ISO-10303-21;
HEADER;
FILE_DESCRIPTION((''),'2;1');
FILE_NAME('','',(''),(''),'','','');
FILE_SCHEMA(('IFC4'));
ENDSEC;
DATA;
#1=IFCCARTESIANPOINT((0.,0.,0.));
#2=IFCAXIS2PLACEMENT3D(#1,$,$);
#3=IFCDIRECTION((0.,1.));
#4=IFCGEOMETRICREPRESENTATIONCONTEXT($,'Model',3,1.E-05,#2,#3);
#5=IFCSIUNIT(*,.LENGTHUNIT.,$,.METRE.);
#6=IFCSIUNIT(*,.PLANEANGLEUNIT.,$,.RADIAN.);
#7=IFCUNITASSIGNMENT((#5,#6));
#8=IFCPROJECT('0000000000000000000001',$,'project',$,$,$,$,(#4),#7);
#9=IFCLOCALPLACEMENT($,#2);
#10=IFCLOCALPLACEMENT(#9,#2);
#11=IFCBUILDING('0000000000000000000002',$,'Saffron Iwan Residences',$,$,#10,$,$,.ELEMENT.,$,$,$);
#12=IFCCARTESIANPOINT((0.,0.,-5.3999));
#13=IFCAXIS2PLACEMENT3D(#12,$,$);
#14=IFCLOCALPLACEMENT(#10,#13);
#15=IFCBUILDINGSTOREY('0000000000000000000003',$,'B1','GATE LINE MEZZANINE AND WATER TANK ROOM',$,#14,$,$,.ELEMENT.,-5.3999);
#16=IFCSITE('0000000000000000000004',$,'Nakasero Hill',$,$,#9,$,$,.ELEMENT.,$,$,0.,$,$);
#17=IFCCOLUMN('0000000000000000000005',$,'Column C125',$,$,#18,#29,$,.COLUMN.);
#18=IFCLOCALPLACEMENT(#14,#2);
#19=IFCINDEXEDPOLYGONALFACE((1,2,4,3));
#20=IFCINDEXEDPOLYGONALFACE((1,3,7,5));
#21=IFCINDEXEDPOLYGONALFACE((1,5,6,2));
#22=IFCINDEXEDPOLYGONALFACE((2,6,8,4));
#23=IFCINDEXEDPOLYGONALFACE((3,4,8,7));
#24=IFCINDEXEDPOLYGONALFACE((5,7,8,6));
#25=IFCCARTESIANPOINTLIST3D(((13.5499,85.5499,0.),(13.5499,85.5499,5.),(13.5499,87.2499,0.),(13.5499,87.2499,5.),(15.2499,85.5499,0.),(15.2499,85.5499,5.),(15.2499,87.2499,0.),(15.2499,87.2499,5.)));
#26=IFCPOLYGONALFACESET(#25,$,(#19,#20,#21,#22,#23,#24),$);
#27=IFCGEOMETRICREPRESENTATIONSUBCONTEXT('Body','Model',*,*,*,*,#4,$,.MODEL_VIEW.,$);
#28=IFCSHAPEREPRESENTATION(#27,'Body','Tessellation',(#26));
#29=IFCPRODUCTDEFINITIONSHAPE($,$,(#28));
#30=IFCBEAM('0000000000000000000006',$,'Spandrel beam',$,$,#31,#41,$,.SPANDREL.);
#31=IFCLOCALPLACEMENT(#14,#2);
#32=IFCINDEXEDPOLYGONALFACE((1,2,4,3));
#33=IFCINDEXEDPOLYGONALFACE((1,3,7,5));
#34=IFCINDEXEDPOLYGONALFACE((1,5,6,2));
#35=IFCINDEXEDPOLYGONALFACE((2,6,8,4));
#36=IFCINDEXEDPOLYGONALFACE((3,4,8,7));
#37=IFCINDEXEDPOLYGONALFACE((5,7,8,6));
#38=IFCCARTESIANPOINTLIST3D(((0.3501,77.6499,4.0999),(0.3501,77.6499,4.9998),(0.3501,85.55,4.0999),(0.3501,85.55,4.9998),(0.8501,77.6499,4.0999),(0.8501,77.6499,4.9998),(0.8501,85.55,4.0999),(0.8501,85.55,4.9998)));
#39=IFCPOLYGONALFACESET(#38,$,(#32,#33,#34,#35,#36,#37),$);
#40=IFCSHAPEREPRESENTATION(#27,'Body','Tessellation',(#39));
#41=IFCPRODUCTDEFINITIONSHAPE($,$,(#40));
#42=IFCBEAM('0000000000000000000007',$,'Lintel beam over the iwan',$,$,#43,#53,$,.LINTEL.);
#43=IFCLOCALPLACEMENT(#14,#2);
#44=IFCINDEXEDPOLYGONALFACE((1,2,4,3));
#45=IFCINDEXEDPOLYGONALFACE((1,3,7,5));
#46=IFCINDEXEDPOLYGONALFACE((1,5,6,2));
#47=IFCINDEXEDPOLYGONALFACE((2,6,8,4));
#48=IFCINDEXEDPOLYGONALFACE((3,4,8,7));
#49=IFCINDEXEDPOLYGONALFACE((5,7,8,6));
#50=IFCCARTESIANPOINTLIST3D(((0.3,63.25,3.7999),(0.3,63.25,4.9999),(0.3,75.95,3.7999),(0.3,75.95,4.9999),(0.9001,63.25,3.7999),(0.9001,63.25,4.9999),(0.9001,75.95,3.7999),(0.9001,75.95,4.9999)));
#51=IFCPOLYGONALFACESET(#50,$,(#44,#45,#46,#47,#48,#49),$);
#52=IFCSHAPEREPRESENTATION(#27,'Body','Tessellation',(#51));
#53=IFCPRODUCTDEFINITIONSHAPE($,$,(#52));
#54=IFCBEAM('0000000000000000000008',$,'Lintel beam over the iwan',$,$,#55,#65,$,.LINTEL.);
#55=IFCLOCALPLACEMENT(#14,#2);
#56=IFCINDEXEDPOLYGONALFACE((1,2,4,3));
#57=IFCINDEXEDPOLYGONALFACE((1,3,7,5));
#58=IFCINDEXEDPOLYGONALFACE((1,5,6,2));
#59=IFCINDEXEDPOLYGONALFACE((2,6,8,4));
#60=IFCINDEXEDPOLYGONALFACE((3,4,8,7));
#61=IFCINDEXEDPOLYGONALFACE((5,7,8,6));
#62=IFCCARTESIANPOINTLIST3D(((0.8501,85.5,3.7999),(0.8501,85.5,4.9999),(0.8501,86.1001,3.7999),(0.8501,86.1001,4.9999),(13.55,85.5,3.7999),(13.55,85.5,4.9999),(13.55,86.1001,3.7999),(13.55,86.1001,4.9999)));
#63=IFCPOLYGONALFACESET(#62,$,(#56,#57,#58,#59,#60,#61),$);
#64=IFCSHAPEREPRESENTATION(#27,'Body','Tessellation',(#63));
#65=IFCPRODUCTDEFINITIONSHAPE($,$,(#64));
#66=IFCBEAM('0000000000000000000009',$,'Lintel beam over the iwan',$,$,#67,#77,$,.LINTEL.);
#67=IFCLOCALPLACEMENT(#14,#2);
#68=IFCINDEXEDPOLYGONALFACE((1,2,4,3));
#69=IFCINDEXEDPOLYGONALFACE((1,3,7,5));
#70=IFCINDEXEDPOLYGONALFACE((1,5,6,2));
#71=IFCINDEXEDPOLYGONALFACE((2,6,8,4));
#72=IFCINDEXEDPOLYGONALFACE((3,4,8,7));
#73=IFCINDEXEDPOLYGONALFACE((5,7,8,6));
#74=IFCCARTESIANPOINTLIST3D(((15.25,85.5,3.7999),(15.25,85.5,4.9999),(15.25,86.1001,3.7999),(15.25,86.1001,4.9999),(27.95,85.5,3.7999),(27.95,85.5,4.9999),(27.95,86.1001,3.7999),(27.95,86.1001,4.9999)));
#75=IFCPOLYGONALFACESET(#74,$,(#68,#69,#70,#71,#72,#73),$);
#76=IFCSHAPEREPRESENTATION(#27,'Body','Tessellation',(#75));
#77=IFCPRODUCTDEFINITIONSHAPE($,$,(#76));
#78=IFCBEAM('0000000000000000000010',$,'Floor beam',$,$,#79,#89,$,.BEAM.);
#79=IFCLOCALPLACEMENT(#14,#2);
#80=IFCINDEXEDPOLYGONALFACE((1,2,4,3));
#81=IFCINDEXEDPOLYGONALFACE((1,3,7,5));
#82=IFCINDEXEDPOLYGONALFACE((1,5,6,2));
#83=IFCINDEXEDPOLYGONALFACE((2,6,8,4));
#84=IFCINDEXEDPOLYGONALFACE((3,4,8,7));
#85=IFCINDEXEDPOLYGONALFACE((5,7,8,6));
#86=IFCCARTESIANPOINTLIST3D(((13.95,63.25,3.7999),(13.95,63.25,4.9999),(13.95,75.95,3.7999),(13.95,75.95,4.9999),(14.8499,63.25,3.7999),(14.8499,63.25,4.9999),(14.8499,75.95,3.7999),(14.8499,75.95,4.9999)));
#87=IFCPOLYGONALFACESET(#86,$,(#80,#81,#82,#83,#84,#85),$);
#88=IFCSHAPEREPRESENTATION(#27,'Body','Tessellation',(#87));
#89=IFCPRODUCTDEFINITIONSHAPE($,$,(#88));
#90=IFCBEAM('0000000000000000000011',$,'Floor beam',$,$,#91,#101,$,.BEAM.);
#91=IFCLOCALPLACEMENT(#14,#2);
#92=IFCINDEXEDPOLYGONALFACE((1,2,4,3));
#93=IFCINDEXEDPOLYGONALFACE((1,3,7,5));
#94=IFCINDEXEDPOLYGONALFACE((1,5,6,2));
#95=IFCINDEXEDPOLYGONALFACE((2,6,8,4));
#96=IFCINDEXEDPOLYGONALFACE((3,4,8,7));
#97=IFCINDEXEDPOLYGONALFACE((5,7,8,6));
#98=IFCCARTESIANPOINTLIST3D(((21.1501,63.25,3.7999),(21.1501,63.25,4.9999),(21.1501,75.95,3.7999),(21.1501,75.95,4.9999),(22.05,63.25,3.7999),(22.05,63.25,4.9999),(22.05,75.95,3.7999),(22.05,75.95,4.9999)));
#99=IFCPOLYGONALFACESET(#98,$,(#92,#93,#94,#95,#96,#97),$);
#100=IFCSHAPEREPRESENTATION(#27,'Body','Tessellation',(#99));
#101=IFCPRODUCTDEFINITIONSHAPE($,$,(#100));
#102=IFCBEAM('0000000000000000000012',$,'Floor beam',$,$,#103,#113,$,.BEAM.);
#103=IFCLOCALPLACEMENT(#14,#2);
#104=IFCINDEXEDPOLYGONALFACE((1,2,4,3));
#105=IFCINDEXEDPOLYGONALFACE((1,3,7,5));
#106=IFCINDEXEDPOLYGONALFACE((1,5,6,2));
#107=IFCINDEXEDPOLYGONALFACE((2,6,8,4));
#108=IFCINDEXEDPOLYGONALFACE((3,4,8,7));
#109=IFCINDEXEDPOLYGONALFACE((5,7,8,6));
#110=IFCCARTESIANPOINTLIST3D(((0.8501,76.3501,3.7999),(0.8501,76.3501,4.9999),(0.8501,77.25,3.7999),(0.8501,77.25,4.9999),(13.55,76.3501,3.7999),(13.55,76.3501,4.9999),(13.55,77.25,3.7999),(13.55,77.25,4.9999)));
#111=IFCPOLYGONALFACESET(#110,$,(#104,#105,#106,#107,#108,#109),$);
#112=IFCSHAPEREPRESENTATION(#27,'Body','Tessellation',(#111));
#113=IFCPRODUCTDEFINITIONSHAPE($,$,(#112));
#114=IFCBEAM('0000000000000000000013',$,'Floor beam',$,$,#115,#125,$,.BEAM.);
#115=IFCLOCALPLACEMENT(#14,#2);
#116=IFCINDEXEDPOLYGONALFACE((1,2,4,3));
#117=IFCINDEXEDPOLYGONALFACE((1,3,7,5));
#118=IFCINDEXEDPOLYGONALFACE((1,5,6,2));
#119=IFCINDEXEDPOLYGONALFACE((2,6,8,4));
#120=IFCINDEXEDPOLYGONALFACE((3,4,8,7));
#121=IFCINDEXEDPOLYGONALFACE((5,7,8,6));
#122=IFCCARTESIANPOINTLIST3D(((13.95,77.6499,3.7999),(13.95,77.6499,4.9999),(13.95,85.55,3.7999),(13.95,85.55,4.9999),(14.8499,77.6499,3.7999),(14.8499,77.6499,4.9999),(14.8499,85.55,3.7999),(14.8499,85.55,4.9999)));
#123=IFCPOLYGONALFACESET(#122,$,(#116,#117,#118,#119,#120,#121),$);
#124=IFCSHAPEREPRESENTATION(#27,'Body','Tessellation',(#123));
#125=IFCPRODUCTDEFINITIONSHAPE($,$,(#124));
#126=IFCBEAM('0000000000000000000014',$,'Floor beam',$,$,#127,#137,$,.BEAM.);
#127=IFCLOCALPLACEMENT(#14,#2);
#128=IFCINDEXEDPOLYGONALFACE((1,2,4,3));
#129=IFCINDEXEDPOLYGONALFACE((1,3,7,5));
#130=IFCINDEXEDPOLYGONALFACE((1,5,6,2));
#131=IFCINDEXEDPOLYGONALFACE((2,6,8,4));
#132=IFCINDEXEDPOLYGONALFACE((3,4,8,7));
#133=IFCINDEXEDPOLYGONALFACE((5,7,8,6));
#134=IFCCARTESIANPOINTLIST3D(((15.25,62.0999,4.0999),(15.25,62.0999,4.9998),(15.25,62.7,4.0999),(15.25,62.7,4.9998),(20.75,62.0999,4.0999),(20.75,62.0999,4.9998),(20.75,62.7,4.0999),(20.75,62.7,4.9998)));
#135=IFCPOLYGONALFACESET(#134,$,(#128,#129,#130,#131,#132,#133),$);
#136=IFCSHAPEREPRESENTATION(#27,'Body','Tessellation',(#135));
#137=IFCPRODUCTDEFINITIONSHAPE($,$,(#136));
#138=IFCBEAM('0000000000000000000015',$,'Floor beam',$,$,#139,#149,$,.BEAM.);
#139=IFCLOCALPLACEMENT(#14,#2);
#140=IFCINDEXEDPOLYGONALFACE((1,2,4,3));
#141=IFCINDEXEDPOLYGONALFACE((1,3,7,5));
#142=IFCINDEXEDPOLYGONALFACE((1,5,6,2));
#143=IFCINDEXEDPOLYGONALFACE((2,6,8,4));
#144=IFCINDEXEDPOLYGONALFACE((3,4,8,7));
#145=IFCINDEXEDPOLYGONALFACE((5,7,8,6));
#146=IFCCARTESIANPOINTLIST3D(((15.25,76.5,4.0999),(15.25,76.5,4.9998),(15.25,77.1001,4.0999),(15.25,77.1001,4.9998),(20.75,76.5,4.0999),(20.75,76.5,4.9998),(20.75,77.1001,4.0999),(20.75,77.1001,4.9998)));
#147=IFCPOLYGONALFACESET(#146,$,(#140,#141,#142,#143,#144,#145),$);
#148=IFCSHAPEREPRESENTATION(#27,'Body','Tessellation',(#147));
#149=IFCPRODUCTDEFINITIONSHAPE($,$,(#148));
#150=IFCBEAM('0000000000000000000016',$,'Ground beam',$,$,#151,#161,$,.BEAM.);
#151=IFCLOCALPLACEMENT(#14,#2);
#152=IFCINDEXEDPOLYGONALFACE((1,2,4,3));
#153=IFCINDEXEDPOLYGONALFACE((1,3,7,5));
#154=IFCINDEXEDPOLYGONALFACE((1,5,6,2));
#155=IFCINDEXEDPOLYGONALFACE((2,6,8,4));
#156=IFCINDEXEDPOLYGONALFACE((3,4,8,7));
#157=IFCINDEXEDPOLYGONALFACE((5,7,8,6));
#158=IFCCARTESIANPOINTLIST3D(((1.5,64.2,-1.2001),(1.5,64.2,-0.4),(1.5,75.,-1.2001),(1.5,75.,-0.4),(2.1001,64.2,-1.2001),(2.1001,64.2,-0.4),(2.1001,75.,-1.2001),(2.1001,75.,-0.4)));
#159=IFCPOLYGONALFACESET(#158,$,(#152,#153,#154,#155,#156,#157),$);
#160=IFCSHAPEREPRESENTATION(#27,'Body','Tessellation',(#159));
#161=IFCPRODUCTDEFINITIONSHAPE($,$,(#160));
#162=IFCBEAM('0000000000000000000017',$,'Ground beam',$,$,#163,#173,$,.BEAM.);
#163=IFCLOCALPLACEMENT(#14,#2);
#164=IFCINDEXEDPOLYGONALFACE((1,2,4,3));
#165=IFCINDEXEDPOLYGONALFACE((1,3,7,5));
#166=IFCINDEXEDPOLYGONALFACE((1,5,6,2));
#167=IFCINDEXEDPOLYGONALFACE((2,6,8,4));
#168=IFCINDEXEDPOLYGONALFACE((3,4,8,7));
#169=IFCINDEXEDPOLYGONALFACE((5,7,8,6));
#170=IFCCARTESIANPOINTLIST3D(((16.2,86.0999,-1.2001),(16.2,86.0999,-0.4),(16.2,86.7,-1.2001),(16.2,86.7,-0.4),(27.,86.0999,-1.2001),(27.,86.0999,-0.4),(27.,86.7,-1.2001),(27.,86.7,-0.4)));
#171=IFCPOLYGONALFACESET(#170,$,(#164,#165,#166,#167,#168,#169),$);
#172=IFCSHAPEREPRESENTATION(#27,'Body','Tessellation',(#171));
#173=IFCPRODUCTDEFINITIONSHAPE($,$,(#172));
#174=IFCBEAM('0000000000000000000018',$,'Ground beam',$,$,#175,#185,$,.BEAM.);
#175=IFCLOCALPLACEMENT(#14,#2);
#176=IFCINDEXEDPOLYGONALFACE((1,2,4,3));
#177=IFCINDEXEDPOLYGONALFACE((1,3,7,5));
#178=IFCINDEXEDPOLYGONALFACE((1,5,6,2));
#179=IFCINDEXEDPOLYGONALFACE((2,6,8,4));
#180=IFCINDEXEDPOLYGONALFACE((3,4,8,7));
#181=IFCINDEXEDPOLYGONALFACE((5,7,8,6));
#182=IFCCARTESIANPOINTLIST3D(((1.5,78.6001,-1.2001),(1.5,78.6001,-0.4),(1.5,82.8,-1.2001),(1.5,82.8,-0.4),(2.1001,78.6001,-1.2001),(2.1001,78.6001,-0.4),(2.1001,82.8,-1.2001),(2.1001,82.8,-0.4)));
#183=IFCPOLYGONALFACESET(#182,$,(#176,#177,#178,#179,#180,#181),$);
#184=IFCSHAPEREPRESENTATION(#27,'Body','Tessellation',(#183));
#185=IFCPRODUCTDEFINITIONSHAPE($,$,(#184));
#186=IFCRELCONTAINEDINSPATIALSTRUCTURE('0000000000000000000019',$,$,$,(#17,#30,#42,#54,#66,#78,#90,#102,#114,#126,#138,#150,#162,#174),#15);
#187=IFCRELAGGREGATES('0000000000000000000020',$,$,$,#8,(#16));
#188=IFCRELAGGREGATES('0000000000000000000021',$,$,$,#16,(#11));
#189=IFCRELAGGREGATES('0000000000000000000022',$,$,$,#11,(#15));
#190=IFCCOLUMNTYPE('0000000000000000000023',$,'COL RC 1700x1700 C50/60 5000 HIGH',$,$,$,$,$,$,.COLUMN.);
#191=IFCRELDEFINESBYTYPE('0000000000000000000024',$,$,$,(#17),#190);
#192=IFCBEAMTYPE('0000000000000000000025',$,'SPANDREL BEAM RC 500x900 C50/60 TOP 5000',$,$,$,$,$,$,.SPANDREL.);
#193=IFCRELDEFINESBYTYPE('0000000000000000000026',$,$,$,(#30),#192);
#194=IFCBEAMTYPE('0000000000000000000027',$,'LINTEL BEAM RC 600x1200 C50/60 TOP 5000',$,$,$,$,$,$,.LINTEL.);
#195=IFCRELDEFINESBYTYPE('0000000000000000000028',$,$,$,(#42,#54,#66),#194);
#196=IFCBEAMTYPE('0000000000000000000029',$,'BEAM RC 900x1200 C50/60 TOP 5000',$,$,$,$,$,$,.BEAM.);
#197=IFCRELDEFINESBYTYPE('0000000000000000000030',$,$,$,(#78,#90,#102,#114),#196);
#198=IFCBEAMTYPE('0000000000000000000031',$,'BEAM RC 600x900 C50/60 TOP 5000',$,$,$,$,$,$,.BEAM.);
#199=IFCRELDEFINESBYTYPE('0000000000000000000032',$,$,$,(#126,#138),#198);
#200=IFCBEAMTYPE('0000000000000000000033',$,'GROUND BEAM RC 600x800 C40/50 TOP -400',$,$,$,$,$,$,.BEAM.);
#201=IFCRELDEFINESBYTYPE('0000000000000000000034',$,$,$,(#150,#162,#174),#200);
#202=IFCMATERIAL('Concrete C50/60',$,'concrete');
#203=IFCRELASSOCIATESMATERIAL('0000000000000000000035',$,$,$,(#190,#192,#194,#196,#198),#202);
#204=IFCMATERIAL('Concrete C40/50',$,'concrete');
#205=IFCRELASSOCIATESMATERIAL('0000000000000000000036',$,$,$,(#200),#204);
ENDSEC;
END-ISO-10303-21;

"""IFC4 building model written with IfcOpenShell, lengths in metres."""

from ifc_helpers import new_model, si_unit, direction, frame, origin, origin_2d, place, context, subcontext, project, spatial, rectangle, extrude, source, transform, mapped, material, material_profile, profile_set, type_object, element, save


model = new_model("IFC4")

# Units and contexts
model_context = context("Model", 3, precision=1e-05, world=origin(), true_north=direction((0.0, 1.0)))
body_context = subcontext(model_context, "Body", "Model", "MODEL_VIEW")
ifc_project = project(units=[si_unit("LENGTHUNIT", "METRE"), si_unit("PLANEANGLEUNIT", "RADIAN")], contexts=[model_context])

# Site, building, storey
site_placement = place(None, origin())
site = spatial("IfcSite", under=ifc_project, at=site_placement, Name="Nakasero Hill", CompositionType="ELEMENT", RefElevation=0.0)
building_placement = place(site_placement, origin())
building = spatial("IfcBuilding", under=site, at=building_placement, Name="Saffron Iwan Residences", CompositionType="ELEMENT")
storey_placement = place(building_placement, frame((0.0, 0.0, -5.3999)))
storey = spatial("IfcBuildingStorey", under=building, at=storey_placement, Name="B1", Description="GATE LINE MEZZANINE AND WATER TANK ROOM", CompositionType="ELEMENT", Elevation=-5.3999)

# Shared definitions
ifc_material_1 = material(Name="Concrete C40/50", Category="concrete")

# Column
ifc_material_2 = material(Name="Concrete C50/60", Category="concrete")
ifc_material_profile_1 = material_profile(ifc_material_2, rectangle(XDim=1.7, YDim=1.7, at=origin_2d()), Name="RC 1700x1700")
ifc_profile_set_1 = profile_set([ifc_material_profile_1], Name="Concrete C50/60")
column_type = type_object("IfcColumnType", Name="COL RC 1700x1700 C50/60 5000 HIGH", PredefinedType="COLUMN", material=ifc_profile_set_1)
shared_shape_1 = source(origin(), body_context, "Body", "SweptSolid", [
    extrude(rectangle(XDim=1.7, YDim=1.7, at=origin_2d()), origin(), (0.0, 0.0, 1.0), 5.0),
])
for number, where, z_axis, x_axis, name in (
    (1, (14.3999, 86.3999, 0.0), (0.0, 0.0, 1.0), (1.0, 0.0, 0.0), "Column C125"),
):
    element("IfcColumn", number, at=place(storey_placement, frame(where, z_axis=z_axis, x_axis=x_axis)), inside=storey, type_object=column_type, Name=name, PredefinedType="COLUMN", context=body_context, shape_type="MappedRepresentation", body=[
        mapped(shared_shape_1, transform((0.0, 0.0, 0.0))),
    ])

# Beams
ifc_material_profile_2 = material_profile(ifc_material_2, rectangle(XDim=0.5, YDim=0.8999, at=origin_2d()), Name="RC 500x900")
ifc_profile_set_2 = profile_set([ifc_material_profile_2], Name="Concrete C50/60")
beam_type_1 = type_object("IfcBeamType", Name="SPANDREL BEAM RC 500x900 C50/60 TOP 5000", PredefinedType="SPANDREL", material=ifc_profile_set_2)
shared_shape_2 = source(origin(), body_context, "Body", "SweptSolid", [
    extrude(rectangle(XDim=0.5, YDim=0.8999, at=origin_2d()), origin(), (0.0, 0.0, 1.0), 7.9001),
])
beam_1_placement = place(storey_placement, frame((0.6001, 77.6499, 4.5498), z_axis=(0.0, 1.0, 0.0), x_axis=(-1.0, 0.0, 0.0)))
element("IfcBeam", 2, at=beam_1_placement, inside=storey, type_object=beam_type_1, Name="Spandrel beam", PredefinedType="SPANDREL", context=body_context, shape_type="MappedRepresentation", body=[
    mapped(shared_shape_2, transform((0.0, 0.0, 0.0))),
])
ifc_material_profile_3 = material_profile(ifc_material_2, rectangle(XDim=0.6001, YDim=1.2, at=origin_2d()), Name="RC 600x1200")
ifc_profile_set_3 = profile_set([ifc_material_profile_3], Name="Concrete C50/60")
beam_type_2 = type_object("IfcBeamType", Name="LINTEL BEAM RC 600x1200 C50/60 TOP 5000", PredefinedType="LINTEL", material=ifc_profile_set_3)
shared_shape_3 = source(origin(), body_context, "Body", "SweptSolid", [
    extrude(rectangle(XDim=0.6001, YDim=1.2, at=origin_2d()), origin(), (0.0, 0.0, 1.0), 12.7),
])
for number, where, z_axis, x_axis, name in (
    (3, (0.6001, 63.25, 4.3999), (0.0, 1.0, 0.0), (-1.0, 0.0, 0.0), "Lintel beam over the iwan"),
    (4, (0.8501, 85.8, 4.3999), (1.0, 0.0, 0.0), (0.0, 1.0, 0.0), "Lintel beam over the iwan"),
    (5, (15.25, 85.8, 4.3999), (1.0, 0.0, 0.0), (0.0, 1.0, 0.0), "Lintel beam over the iwan"),
):
    element("IfcBeam", number, at=place(storey_placement, frame(where, z_axis=z_axis, x_axis=x_axis)), inside=storey, type_object=beam_type_2, Name=name, PredefinedType="LINTEL", context=body_context, shape_type="MappedRepresentation", body=[
        mapped(shared_shape_3, transform((0.0, 0.0, 0.0))),
    ])
ifc_material_profile_4 = material_profile(ifc_material_2, rectangle(XDim=0.8999, YDim=1.2, at=origin_2d()), Name="RC 900x1200")
ifc_profile_set_4 = profile_set([ifc_material_profile_4], Name="Concrete C50/60")
beam_type_3 = type_object("IfcBeamType", Name="BEAM RC 900x1200 C50/60 TOP 5000", PredefinedType="BEAM", material=ifc_profile_set_4)
shared_shape_4 = source(origin(), body_context, "Body", "SweptSolid", [
    extrude(rectangle(XDim=0.8999, YDim=1.2, at=origin_2d()), origin(), (0.0, 0.0, 1.0), 12.7),
])
for number, where, z_axis, x_axis, name in (
    (6, (14.3999, 63.25, 4.3999), (0.0, 1.0, 0.0), (-1.0, 0.0, 0.0), "Floor beam"),
    (7, (21.6001, 63.25, 4.3999), (0.0, 1.0, 0.0), (-1.0, 0.0, 0.0), "Floor beam"),
    (8, (0.8501, 76.8, 4.3999), (1.0, 0.0, 0.0), (0.0, 1.0, 0.0), "Floor beam"),
):
    element("IfcBeam", number, at=place(storey_placement, frame(where, z_axis=z_axis, x_axis=x_axis)), inside=storey, type_object=beam_type_3, Name=name, PredefinedType="BEAM", context=body_context, shape_type="MappedRepresentation", body=[
        mapped(shared_shape_4, transform((0.0, 0.0, 0.0))),
    ])
shared_shape_5 = source(origin(), body_context, "Body", "SweptSolid", [
    extrude(rectangle(XDim=0.8999, YDim=1.2, at=origin_2d()), origin(), (0.0, 0.0, 1.0), 7.9001),
])
beam_2_placement = place(storey_placement, frame((14.3999, 77.6499, 4.3999), z_axis=(0.0, 1.0, 0.0), x_axis=(-1.0, 0.0, 0.0)))
element("IfcBeam", 9, at=beam_2_placement, inside=storey, type_object=beam_type_3, Name="Floor beam", PredefinedType="BEAM", context=body_context, shape_type="MappedRepresentation", body=[
    mapped(shared_shape_5, transform((0.0, 0.0, 0.0))),
])
ifc_material_profile_5 = material_profile(ifc_material_2, rectangle(XDim=0.6001, YDim=0.8999, at=origin_2d()), Name="RC 600x900")
ifc_profile_set_5 = profile_set([ifc_material_profile_5], Name="Concrete C50/60")
beam_type_4 = type_object("IfcBeamType", Name="BEAM RC 600x900 C50/60 TOP 5000", PredefinedType="BEAM", material=ifc_profile_set_5)
shared_shape_6 = source(origin(), body_context, "Body", "SweptSolid", [
    extrude(rectangle(XDim=0.6001, YDim=0.8999, at=origin_2d()), origin(), (0.0, 0.0, 1.0), 5.5),
])
for number, where, z_axis, x_axis, name in (
    (10, (15.25, 62.3999, 4.5498), (1.0, 0.0, 0.0), (0.0, 1.0, 0.0), "Floor beam"),
    (11, (15.25, 76.8, 4.5498), (1.0, 0.0, 0.0), (0.0, 1.0, 0.0), "Floor beam"),
):
    element("IfcBeam", number, at=place(storey_placement, frame(where, z_axis=z_axis, x_axis=x_axis)), inside=storey, type_object=beam_type_4, Name=name, PredefinedType="BEAM", context=body_context, shape_type="MappedRepresentation", body=[
        mapped(shared_shape_6, transform((0.0, 0.0, 0.0))),
    ])
ifc_material_profile_6 = material_profile(ifc_material_1, rectangle(XDim=0.6001, YDim=0.8, at=origin_2d()), Name="RC 600x800")
ifc_profile_set_6 = profile_set([ifc_material_profile_6], Name="Concrete C40/50")
beam_type_5 = type_object("IfcBeamType", Name="GROUND BEAM RC 600x800 C40/50 TOP -400", PredefinedType="BEAM", material=ifc_profile_set_6)
shared_shape_7 = source(origin(), body_context, "Body", "SweptSolid", [
    extrude(rectangle(XDim=0.6001, YDim=0.8, at=origin_2d()), origin(), (0.0, 0.0, 1.0), 10.8),
])
for number, where, z_axis, x_axis, name in (
    (12, (1.8, 64.2, -0.8), (0.0, 1.0, 0.0), (-1.0, 0.0, 0.0), "Ground beam"),
    (13, (16.2, 86.3999, -0.8), (1.0, 0.0, 0.0), (0.0, 1.0, 0.0), "Ground beam"),
):
    element("IfcBeam", number, at=place(storey_placement, frame(where, z_axis=z_axis, x_axis=x_axis)), inside=storey, type_object=beam_type_5, Name=name, PredefinedType="BEAM", context=body_context, shape_type="MappedRepresentation", body=[
        mapped(shared_shape_7, transform((0.0, 0.0, 0.0))),
    ])
shared_shape_8 = source(origin(), body_context, "Body", "SweptSolid", [
    extrude(rectangle(XDim=0.6001, YDim=0.8, at=origin_2d()), origin(), (0.0, 0.0, 1.0), 4.2),
])
beam_3_placement = place(storey_placement, frame((1.8, 78.6001, -0.8), z_axis=(0.0, 1.0, 0.0), x_axis=(-1.0, 0.0, 0.0)))
element("IfcBeam", 14, at=beam_3_placement, inside=storey, type_object=beam_type_5, Name="Ground beam", PredefinedType="BEAM", context=body_context, shape_type="MappedRepresentation", body=[
    mapped(shared_shape_8, transform((0.0, 0.0, 0.0))),
])

save(model, "model.ifc")
